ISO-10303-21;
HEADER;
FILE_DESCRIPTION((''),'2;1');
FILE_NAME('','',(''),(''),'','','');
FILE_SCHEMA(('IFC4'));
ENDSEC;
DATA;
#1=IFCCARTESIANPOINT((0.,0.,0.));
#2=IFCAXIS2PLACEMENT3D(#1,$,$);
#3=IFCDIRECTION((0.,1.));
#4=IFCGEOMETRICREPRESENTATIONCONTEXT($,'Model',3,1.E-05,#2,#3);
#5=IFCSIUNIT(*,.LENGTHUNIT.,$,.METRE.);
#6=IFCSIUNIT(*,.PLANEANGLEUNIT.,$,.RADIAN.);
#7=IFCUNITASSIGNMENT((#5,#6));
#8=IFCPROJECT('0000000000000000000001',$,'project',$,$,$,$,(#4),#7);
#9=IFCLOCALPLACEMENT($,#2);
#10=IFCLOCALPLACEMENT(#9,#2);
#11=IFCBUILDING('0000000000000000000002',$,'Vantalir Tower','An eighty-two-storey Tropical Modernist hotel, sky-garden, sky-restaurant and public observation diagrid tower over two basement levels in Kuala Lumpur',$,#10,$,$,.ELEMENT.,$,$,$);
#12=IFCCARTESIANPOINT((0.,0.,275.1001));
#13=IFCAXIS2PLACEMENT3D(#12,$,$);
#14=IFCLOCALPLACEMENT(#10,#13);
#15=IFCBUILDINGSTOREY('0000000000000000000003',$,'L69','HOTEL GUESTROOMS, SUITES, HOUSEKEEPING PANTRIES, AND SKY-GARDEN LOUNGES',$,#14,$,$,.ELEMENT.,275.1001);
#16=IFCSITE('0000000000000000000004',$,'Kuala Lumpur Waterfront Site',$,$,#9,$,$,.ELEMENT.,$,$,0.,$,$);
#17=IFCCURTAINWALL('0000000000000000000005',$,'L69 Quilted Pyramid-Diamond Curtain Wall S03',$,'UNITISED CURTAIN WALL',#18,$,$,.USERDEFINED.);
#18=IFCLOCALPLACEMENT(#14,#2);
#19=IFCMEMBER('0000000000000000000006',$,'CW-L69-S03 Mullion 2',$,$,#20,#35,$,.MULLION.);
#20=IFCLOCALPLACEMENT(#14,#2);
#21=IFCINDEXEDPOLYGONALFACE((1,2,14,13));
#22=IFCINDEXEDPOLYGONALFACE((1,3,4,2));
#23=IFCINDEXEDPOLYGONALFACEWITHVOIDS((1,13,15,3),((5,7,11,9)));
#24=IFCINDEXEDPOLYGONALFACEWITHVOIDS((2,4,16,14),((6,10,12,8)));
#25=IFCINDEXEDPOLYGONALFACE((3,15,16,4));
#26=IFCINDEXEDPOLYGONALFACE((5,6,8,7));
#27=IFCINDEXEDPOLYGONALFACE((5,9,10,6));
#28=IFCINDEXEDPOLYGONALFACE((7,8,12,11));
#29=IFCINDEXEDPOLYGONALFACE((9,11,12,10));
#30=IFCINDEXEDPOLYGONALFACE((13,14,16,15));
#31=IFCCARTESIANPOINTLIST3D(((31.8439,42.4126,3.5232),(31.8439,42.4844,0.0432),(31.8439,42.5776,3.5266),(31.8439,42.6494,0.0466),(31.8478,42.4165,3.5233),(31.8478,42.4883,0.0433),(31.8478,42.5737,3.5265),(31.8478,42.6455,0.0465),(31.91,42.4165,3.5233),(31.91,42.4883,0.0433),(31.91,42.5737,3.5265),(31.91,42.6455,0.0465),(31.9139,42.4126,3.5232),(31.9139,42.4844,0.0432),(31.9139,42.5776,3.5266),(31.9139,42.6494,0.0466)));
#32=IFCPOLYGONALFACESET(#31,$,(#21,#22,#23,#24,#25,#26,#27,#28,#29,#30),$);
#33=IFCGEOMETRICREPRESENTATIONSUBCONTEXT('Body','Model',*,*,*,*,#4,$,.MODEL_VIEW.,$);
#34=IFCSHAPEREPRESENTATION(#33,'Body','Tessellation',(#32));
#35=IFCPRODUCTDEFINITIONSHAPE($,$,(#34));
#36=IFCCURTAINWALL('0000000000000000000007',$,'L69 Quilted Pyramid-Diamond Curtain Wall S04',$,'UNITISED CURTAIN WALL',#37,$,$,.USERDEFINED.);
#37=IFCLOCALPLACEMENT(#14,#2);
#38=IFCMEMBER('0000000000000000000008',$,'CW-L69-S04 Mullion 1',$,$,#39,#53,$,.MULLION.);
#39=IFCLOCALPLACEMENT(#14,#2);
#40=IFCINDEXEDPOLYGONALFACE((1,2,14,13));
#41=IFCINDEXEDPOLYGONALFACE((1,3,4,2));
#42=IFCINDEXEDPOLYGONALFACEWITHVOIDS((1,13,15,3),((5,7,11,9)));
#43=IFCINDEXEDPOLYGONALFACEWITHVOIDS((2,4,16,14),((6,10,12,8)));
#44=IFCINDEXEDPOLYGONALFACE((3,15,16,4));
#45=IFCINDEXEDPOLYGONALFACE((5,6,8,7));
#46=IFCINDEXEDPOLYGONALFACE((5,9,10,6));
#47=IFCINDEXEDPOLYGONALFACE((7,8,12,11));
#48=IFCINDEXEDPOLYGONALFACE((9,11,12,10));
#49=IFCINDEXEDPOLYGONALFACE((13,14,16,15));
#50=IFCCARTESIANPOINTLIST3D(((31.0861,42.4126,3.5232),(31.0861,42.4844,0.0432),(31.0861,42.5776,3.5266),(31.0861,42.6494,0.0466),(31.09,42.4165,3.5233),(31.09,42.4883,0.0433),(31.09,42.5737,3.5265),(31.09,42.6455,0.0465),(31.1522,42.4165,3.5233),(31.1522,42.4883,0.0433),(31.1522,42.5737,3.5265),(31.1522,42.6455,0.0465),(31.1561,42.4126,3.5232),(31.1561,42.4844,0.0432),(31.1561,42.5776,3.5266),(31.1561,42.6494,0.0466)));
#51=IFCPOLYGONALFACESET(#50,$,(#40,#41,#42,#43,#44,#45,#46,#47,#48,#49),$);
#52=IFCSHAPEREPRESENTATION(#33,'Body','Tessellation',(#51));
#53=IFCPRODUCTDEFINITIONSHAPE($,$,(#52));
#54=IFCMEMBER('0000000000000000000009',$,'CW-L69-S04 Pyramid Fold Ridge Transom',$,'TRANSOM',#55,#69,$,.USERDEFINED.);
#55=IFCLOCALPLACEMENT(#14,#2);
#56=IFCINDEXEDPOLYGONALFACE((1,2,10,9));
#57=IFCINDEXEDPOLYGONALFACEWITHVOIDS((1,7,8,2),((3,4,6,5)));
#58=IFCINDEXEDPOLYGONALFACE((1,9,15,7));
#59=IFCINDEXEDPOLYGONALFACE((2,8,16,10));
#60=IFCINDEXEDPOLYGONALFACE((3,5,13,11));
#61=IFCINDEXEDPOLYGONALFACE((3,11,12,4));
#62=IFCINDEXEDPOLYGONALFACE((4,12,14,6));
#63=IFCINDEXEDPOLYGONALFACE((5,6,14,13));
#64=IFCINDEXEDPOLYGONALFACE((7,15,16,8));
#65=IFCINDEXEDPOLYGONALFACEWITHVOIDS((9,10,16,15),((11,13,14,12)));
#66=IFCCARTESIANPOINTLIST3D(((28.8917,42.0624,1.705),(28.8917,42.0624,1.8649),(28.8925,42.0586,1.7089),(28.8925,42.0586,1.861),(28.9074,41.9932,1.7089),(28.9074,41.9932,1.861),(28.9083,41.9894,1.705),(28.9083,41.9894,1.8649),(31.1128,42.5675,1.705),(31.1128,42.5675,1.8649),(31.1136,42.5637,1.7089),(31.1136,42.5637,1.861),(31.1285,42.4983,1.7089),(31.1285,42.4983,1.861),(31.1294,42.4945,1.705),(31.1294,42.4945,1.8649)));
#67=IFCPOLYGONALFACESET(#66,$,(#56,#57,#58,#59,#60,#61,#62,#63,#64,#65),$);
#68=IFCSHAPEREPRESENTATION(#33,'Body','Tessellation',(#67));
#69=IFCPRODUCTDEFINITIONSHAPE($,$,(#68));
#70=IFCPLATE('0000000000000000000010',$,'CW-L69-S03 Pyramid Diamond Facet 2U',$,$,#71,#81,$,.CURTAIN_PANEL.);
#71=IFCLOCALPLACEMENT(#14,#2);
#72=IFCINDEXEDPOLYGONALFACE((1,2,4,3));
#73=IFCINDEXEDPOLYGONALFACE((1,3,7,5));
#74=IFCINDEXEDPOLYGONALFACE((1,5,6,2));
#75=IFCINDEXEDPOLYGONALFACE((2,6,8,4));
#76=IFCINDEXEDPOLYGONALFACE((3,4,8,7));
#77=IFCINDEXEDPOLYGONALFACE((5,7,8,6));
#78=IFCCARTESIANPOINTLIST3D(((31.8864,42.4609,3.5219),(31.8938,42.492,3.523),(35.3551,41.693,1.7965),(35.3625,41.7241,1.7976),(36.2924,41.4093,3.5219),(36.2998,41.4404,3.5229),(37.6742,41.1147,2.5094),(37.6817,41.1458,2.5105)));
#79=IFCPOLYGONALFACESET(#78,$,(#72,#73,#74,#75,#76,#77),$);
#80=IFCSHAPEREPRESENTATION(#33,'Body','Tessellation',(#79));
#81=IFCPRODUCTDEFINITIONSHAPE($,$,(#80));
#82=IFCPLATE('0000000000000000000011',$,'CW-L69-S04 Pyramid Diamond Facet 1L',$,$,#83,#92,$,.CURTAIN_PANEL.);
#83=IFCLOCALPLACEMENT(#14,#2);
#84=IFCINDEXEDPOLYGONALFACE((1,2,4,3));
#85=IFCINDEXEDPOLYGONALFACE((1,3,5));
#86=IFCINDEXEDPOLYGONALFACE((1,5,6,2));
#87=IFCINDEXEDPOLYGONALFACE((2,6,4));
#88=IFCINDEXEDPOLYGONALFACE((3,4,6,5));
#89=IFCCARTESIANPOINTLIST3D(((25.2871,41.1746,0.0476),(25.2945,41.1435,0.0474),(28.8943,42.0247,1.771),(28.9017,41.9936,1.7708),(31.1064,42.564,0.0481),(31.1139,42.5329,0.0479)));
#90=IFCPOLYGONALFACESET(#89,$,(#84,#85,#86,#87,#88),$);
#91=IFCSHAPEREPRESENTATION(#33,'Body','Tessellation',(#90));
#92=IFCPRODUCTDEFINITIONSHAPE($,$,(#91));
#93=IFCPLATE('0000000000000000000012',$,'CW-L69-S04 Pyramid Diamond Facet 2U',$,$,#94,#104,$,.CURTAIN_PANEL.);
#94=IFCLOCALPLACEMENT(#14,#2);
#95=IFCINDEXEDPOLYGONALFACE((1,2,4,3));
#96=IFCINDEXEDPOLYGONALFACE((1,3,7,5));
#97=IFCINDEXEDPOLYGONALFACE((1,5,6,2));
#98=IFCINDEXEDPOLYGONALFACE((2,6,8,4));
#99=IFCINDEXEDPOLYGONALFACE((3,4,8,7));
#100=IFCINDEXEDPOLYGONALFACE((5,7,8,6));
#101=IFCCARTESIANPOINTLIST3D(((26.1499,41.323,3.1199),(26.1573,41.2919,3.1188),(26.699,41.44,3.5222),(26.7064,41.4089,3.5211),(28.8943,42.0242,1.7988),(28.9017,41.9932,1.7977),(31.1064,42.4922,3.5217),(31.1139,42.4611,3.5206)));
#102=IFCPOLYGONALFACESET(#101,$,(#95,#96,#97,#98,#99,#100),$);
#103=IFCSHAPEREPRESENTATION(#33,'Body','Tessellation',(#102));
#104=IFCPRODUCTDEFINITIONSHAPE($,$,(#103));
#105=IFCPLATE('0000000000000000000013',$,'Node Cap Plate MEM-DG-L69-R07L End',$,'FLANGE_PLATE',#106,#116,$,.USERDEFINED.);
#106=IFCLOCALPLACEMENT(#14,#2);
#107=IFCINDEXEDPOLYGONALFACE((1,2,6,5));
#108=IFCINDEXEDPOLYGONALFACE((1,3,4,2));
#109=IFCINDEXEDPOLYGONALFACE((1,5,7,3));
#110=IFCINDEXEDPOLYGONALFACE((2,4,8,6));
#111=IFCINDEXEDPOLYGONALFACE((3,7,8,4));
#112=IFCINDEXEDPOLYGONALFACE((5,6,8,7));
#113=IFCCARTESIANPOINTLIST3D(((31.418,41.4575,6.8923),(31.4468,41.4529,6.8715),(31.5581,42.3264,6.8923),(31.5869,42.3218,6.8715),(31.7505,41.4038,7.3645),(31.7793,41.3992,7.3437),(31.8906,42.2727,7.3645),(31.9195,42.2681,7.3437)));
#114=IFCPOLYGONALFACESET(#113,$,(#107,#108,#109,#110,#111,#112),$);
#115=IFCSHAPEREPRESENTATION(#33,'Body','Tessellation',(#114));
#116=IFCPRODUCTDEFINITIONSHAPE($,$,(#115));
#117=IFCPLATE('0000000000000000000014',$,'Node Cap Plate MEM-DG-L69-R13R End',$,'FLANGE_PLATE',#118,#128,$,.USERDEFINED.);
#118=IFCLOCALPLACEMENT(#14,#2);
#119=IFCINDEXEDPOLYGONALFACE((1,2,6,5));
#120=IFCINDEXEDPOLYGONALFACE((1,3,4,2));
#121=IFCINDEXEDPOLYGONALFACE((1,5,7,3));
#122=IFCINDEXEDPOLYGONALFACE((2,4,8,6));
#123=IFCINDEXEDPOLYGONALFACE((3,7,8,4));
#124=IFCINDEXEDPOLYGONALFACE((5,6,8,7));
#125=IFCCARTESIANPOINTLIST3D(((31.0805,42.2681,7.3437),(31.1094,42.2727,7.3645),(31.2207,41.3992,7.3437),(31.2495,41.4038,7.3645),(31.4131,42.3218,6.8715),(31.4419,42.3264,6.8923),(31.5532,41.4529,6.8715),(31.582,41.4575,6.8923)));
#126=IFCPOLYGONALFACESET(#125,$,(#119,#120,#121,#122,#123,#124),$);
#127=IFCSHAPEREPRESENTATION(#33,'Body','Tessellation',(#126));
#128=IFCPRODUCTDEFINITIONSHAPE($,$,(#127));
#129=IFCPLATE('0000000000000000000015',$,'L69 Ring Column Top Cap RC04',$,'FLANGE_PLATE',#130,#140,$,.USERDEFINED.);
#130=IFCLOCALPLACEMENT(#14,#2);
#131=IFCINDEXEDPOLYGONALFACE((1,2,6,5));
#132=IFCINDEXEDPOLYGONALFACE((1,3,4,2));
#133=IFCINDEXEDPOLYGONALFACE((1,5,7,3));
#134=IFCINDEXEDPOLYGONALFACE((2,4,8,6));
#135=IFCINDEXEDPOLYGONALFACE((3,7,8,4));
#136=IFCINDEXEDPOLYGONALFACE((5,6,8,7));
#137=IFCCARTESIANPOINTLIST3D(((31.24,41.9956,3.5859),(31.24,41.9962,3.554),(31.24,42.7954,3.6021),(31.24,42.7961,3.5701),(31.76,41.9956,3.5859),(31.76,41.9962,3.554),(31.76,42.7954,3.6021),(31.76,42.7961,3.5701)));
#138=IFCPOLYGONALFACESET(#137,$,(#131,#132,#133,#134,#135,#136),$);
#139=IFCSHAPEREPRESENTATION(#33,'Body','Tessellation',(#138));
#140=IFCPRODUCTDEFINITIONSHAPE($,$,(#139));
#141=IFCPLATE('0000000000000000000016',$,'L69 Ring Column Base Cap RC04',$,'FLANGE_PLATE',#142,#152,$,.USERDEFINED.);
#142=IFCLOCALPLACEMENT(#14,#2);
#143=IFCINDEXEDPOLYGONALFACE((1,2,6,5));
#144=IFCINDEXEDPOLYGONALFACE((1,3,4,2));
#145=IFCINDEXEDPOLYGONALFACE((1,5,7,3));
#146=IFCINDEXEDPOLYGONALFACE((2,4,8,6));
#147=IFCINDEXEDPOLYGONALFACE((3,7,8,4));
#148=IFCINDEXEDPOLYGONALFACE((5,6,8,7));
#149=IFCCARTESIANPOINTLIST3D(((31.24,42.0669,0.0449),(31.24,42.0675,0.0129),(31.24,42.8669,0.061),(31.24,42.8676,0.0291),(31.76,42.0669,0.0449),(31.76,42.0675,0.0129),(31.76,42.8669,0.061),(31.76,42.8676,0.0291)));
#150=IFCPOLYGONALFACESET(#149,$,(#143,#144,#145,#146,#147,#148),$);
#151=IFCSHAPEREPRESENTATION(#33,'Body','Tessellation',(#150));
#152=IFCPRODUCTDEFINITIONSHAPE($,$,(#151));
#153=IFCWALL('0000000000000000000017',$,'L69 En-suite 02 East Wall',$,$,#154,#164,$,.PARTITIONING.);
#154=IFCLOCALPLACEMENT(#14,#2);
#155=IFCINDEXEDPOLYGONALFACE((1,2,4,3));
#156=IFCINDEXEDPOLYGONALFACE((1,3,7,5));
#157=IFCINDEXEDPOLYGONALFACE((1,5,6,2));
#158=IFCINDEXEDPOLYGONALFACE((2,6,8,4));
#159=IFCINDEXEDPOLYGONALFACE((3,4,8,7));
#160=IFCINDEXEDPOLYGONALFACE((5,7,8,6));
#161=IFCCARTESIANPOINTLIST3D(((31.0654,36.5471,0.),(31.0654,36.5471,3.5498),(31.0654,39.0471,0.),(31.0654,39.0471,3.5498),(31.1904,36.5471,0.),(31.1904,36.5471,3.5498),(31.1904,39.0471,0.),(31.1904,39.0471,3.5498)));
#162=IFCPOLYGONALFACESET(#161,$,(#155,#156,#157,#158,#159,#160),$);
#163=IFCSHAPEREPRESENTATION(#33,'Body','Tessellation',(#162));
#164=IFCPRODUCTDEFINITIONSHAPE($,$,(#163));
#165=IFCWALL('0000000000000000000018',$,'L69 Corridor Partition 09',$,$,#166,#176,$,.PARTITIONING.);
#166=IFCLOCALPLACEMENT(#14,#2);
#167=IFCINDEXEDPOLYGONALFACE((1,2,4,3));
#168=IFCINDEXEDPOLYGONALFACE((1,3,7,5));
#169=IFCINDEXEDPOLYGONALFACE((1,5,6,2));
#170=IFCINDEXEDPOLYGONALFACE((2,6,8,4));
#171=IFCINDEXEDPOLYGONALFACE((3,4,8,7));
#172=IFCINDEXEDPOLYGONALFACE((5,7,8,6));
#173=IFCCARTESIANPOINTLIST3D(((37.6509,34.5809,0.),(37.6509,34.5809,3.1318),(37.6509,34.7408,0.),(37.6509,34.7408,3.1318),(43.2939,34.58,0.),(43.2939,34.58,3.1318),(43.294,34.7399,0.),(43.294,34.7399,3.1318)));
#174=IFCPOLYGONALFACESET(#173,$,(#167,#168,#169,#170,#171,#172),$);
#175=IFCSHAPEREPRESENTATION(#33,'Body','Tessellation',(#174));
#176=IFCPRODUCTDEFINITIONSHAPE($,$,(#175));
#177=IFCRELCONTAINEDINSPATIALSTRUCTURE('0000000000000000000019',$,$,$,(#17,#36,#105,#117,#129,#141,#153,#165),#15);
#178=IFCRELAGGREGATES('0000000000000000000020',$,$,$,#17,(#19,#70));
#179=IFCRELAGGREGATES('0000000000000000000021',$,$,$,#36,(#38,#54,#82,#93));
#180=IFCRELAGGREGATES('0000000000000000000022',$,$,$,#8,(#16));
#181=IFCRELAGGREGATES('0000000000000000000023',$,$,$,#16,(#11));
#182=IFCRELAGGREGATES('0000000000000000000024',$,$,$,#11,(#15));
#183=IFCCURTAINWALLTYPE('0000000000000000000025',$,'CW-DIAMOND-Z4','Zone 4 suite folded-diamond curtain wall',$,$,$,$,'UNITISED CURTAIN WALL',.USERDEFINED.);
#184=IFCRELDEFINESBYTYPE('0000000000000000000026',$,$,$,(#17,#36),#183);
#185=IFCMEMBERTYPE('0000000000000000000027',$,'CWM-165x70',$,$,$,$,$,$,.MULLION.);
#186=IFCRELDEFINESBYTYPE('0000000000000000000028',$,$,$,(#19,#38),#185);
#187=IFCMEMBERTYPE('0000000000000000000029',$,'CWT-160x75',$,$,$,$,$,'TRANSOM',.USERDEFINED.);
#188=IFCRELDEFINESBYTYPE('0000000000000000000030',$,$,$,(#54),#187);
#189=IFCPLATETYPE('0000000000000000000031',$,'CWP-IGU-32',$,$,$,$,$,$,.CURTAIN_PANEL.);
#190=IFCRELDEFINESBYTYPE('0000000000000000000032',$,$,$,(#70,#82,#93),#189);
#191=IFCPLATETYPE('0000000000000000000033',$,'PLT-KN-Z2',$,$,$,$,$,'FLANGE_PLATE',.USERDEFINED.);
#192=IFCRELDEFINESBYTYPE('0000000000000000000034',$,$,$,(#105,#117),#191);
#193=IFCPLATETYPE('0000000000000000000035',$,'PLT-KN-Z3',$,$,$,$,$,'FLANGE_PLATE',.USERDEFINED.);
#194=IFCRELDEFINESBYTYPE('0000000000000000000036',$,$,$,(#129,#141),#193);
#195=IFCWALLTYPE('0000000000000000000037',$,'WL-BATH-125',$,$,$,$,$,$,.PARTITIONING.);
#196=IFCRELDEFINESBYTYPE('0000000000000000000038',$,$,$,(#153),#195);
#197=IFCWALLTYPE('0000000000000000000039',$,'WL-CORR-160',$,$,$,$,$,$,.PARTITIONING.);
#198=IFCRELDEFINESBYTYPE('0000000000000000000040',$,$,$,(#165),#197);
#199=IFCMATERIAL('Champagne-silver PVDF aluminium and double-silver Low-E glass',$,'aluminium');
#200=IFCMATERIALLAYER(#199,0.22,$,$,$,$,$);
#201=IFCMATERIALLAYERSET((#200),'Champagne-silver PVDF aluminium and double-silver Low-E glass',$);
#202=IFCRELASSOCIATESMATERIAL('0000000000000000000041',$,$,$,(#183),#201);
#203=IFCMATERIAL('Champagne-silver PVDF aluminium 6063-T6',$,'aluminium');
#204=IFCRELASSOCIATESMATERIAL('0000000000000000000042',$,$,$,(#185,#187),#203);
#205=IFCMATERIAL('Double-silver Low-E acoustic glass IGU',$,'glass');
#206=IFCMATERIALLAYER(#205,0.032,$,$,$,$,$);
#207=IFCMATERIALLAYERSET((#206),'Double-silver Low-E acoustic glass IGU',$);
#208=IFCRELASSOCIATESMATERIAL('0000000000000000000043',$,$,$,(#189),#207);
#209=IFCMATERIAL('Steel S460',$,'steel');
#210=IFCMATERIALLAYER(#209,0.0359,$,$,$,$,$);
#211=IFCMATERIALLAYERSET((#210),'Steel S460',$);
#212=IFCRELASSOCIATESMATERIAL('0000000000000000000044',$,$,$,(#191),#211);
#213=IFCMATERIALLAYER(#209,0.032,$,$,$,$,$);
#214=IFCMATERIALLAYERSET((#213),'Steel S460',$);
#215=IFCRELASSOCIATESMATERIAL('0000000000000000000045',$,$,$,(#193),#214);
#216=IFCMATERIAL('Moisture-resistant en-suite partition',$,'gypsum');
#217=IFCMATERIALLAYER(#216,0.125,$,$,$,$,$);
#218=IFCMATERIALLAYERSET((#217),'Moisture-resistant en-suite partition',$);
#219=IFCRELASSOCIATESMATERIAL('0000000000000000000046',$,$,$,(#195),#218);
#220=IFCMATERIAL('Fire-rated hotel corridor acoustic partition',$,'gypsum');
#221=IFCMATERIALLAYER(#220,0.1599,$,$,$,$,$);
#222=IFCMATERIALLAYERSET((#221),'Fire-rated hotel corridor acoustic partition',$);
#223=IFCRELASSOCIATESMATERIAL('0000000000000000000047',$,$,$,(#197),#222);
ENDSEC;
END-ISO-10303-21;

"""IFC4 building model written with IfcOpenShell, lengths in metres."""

from ifc_helpers import new_model, si_unit, direction, frame, frame_2d, origin, origin_2d, place, context, subcontext, project, spatial, polyline, rectangle, hollow_rectangle, outline, extrude, material, layer, layer_set, material_profile, profile_set, type_object, element, aggregate, save


model = new_model("IFC4")

# Units and contexts
model_context = context("Model", 3, precision=1e-05, world=origin(), true_north=direction((0.0, 1.0)))
body_context = subcontext(model_context, "Body", "Model", "MODEL_VIEW")
ifc_project = project(units=[si_unit("LENGTHUNIT", "METRE"), si_unit("PLANEANGLEUNIT", "RADIAN")], contexts=[model_context])

# Site, building, storey
site_placement = place(None, origin())
site = spatial("IfcSite", under=ifc_project, at=site_placement, Name="Kuala Lumpur Waterfront Site", CompositionType="ELEMENT", RefElevation=0.0)
building_placement = place(site_placement, origin())
building = spatial("IfcBuilding", under=site, at=building_placement, Name="Vantalir Tower", Description="An eighty-two-storey Tropical Modernist hotel, sky-garden, sky-restaurant and public observation diagrid tower over two basement levels in Kuala Lumpur", CompositionType="ELEMENT")
storey_placement = place(building_placement, frame((0.0, 0.0, 275.1001)))
storey = spatial("IfcBuildingStorey", under=building, at=storey_placement, Name="L69", Description="HOTEL GUESTROOMS, SUITES, HOUSEKEEPING PANTRIES, AND SKY-GARDEN LOUNGES", CompositionType="ELEMENT", Elevation=275.1001)

# Shared definitions
ifc_material_1 = material(Name="Steel S460", Category="steel")

# Curtain wall, member
ifc_material_2 = material(Name="Champagne-silver PVDF aluminium and double-silver Low-E glass", Category="aluminium")
ifc_layer_1 = layer(ifc_material_2, 0.22)
ifc_layer_set_1 = layer_set([ifc_layer_1], Name="Champagne-silver PVDF aluminium and double-silver Low-E glass")
curtain_wall_type = type_object("IfcCurtainWallType", Name="CW-DIAMOND-Z4", Description="Zone 4 suite folded-diamond curtain wall", ElementType="UNITISED CURTAIN WALL", PredefinedType="USERDEFINED", material=ifc_layer_set_1)
curtain_wall_1_placement = place(storey_placement, origin())
curtain_wall_1 = element("IfcCurtainWall", 1, at=curtain_wall_1_placement, inside=storey, type_object=curtain_wall_type, Name="L69 Quilted Pyramid-Diamond Curtain Wall S03", ObjectType="UNITISED CURTAIN WALL", PredefinedType="USERDEFINED")
ifc_material_3 = material(Name="Champagne-silver PVDF aluminium 6063-T6", Category="aluminium")
ifc_material_profile_1 = material_profile(ifc_material_3, hollow_rectangle(XDim=0.0701, YDim=0.165, WallThickness=0.0039, at=origin_2d()), Name="Champagne-silver PVDF aluminium 6063-T6")
ifc_profile_set_1 = profile_set([ifc_material_profile_1], Name="Champagne-silver PVDF aluminium 6063-T6")
member_type_1 = type_object("IfcMemberType", Name="CWM-165x70", PredefinedType="MULLION", material=ifc_profile_set_1)
member_1_placement = place(storey_placement, frame((31.8789, 42.5669, 0.0449), z_axis=(0.0, -0.020621, 0.999787), x_axis=(1.0, 0.0, 0.0)))
member_1 = element("IfcMember", 2, at=member_1_placement, type_object=member_type_1, Name="CW-L69-S03 Mullion 2", PredefinedType="MULLION", context=body_context, shape_type="SweptSolid", body=[
    extrude(hollow_rectangle(XDim=0.0701, YDim=0.165, WallThickness=0.0039, at=origin_2d()), origin(), (0.0, 0.0, 1.0), 3.4807),
])

# Curtain wall, members
curtain_wall_2_placement = place(storey_placement, origin())
curtain_wall_2 = element("IfcCurtainWall", 3, at=curtain_wall_2_placement, inside=storey, type_object=curtain_wall_type, Name="L69 Quilted Pyramid-Diamond Curtain Wall S04", ObjectType="UNITISED CURTAIN WALL", PredefinedType="USERDEFINED")
member_2_placement = place(storey_placement, frame((31.1211, 42.5669, 0.0449), z_axis=(0.0, -0.020621, 0.999787), x_axis=(1.0, 0.0, 0.0)))
member_2 = element("IfcMember", 4, at=member_2_placement, type_object=member_type_1, Name="CW-L69-S04 Mullion 1", PredefinedType="MULLION", context=body_context, shape_type="SweptSolid", body=[
    extrude(hollow_rectangle(XDim=0.0701, YDim=0.165, WallThickness=0.0039, at=origin_2d()), origin(), (0.0, 0.0, 1.0), 3.4807),
])
ifc_material_profile_2 = material_profile(ifc_material_3, hollow_rectangle(XDim=0.075, YDim=0.1599, WallThickness=0.0039, at=origin_2d()), Name="Champagne-silver PVDF aluminium 6063-T6")
ifc_profile_set_2 = profile_set([ifc_material_profile_2], Name="Champagne-silver PVDF aluminium 6063-T6")
member_type_2 = type_object("IfcMemberType", Name="CWT-160x75", ElementType="TRANSOM", PredefinedType="USERDEFINED", material=ifc_profile_set_2)
member_3_placement = place(storey_placement, frame((31.1211, 42.531, 1.7849), z_axis=(-0.975103, -0.221751, 0.0), x_axis=(0.221751, -0.975103, 0.0)))
member_3 = element("IfcMember", 5, at=member_3_placement, type_object=member_type_2, Name="CW-L69-S04 Pyramid Fold Ridge Transom", ObjectType="TRANSOM", PredefinedType="USERDEFINED", context=body_context, shape_type="SweptSolid", body=[
    extrude(hollow_rectangle(XDim=0.075, YDim=0.1599, WallThickness=0.0039, at=origin_2d()), origin(), (0.0, 0.0, 1.0), 2.2778),
])

# Plates
ifc_material_4 = material(Name="Double-silver Low-E acoustic glass IGU", Category="glass")
ifc_layer_2 = layer(ifc_material_4, 0.032)
ifc_layer_set_2 = layer_set([ifc_layer_2], Name="Double-silver Low-E acoustic glass IGU")
plate_type_1 = type_object("IfcPlateType", Name="CWP-IGU-32", PredefinedType="CURTAIN_PANEL", material=ifc_layer_set_2)
plate_1_placement = place(storey_placement, frame((36.2998, 41.4404, 3.5229), z_axis=(0.232019, 0.972124, 0.033803), x_axis=(-0.97268, 0.232152, 0.000001)))
plate_1 = element("IfcPlate", 6, at=plate_1_placement, type_object=plate_type_1, Name="CW-L69-S03 Pyramid Diamond Facet 2U", PredefinedType="CURTAIN_PANEL", context=body_context, shape_type="SweptSolid", body=[
    extrude(outline(polyline([(0.0, 0.0), (4.5297, 0.0), (0.9775, -1.7263), (-1.4125, -1.013), (0.0, 0.0)])), origin(), (0.0, 0.0, -1.0), 0.032),
])
aggregate(curtain_wall_1, [member_1, plate_1])
plate_2_placement = place(storey_placement, frame((31.1064, 42.564, 0.0481), z_axis=(-0.232225, 0.972642, 0.006288), x_axis=(-0.972661, -0.232229, -0.000082)))
plate_2 = element("IfcPlate", 7, at=plate_2_placement, type_object=plate_type_1, Name="CW-L69-S04 Pyramid Diamond Facet 1L", PredefinedType="CURTAIN_PANEL", context=body_context, shape_type="SweptSolid", body=[
    extrude(outline(polyline([(0.0, 0.0), (5.9829, 0.0), (2.2768, 1.7231), (0.0, 0.0)])), origin(), (0.0, 0.0, -1.0), 0.032),
])
plate_3_placement = place(storey_placement, frame((31.1064, 42.4922, 3.5217), z_axis=(-0.232061, 0.972109, 0.033938), x_axis=(-0.972669, -0.232198, 0.000108)))
plate_3 = element("IfcPlate", 8, at=plate_3_placement, type_object=plate_type_1, Name="CW-L69-S04 Pyramid Diamond Facet 2U", PredefinedType="CURTAIN_PANEL", context=body_context, shape_type="SweptSolid", body=[
    extrude(outline(polyline([(0.0, 0.0), (4.5313, 0.0), (5.0925, -0.4026), (2.2602, -1.7241), (0.0, 0.0)])), origin(), (0.0, 0.0, -1.0), 0.032),
])
aggregate(curtain_wall_2, [member_2, member_3, plate_2, plate_3])

# Plates
ifc_layer_3 = layer(ifc_material_1, 0.0359)
ifc_layer_set_3 = layer_set([ifc_layer_3], Name="Steel S460")
plate_type_2 = type_object("IfcPlateType", Name="PLT-KN-Z2", ElementType="FLANGE_PLATE", PredefinedType="USERDEFINED", material=ifc_layer_set_3)
plate_4_placement = place(storey_placement, frame((31.5581, 42.3264, 6.8923), z_axis=(-0.803701, 0.129622, 0.580743), x_axis=(-0.159224, -0.987243, 0.0)))
element("IfcPlate", 9, at=plate_4_placement, inside=storey, type_object=plate_type_2, Name="Node Cap Plate MEM-DG-L69-R07L End", ObjectType="FLANGE_PLATE", PredefinedType="USERDEFINED", context=body_context, shape_type="SweptSolid", body=[
    extrude(outline(polyline([(0.0, 0.0), (0.8801, 0.0), (0.8802, 0.58), (0.0001, 0.58), (0.0, 0.0)])), origin(), (0.0, 0.0, -1.0), 0.0359),
])
plate_5_placement = place(storey_placement, frame((31.582, 41.4575, 6.8923), z_axis=(0.803701, 0.129622, 0.580743), x_axis=(-0.159224, 0.987243, 0.0)))
element("IfcPlate", 10, at=plate_5_placement, inside=storey, type_object=plate_type_2, Name="Node Cap Plate MEM-DG-L69-R13R End", ObjectType="FLANGE_PLATE", PredefinedType="USERDEFINED", context=body_context, shape_type="SweptSolid", body=[
    extrude(outline(polyline([(0.0, 0.0), (0.8801, 0.0), (0.88, 0.58), (-0.0001, 0.58), (0.0, 0.0)])), origin(), (0.0, 0.0, -1.0), 0.0359),
])
ifc_layer_4 = layer(ifc_material_1, 0.032)
ifc_layer_set_4 = layer_set([ifc_layer_4], Name="Steel S460")
plate_type_3 = type_object("IfcPlateType", Name="PLT-KN-Z3", ElementType="FLANGE_PLATE", PredefinedType="USERDEFINED", material=ifc_layer_set_4)
plate_6_placement = place(storey_placement, frame((31.24, 42.7954, 3.6021), z_axis=(0.0, -0.020142, 0.999797), x_axis=(0.0, -0.999797, -0.020142)))
element("IfcPlate", 11, at=plate_6_placement, inside=storey, type_object=plate_type_3, Name="L69 Ring Column Top Cap RC04", ObjectType="FLANGE_PLATE", PredefinedType="USERDEFINED", context=body_context, shape_type="SweptSolid", body=[
    extrude(outline(polyline([(0.0, 0.0), (0.8, 0.0), (0.8, 0.52), (0.0, 0.52), (0.0, 0.0)])), origin(), (0.0, 0.0, -1.0), 0.032),
])
plate_7_placement = place(storey_placement, frame((31.24, 42.8669, 0.061), z_axis=(0.0, -0.020136, 0.999797), x_axis=(0.0, -0.999797, -0.020136)))
element("IfcPlate", 12, at=plate_7_placement, inside=storey, type_object=plate_type_3, Name="L69 Ring Column Base Cap RC04", ObjectType="FLANGE_PLATE", PredefinedType="USERDEFINED", context=body_context, shape_type="SweptSolid", body=[
    extrude(outline(polyline([(0.0, 0.0), (0.8002, 0.0), (0.8002, 0.52), (0.0, 0.52), (0.0, 0.0)])), origin(), (0.0, 0.0, -1.0), 0.032),
])

# Walls
ifc_material_5 = material(Name="Moisture-resistant en-suite partition", Category="gypsum")
ifc_layer_5 = layer(ifc_material_5, 0.125)
ifc_layer_set_5 = layer_set([ifc_layer_5], Name="Moisture-resistant en-suite partition")
wall_type_1 = type_object("IfcWallType", Name="WL-BATH-125", PredefinedType="PARTITIONING", material=ifc_layer_set_5)
wall_1_placement = place(storey_placement, frame((31.1279, 36.5471, 0.0), z_axis=(0.0, 0.0, 1.0), x_axis=(0.0, 1.0, 0.0)))
element("IfcWall", 13, at=wall_1_placement, inside=storey, type_object=wall_type_1, Name="L69 En-suite 02 East Wall", PredefinedType="PARTITIONING", context=body_context, shape_type="SweptSolid", body=[
    extrude(rectangle(XDim=2.5, YDim=0.125, at=frame_2d((1.25, 0.0))), origin(), (0.0, 0.0, 1.0), 3.5498),
])
ifc_material_6 = material(Name="Fire-rated hotel corridor acoustic partition", Category="gypsum")
ifc_layer_6 = layer(ifc_material_6, 0.1599)
ifc_layer_set_6 = layer_set([ifc_layer_6], Name="Fire-rated hotel corridor acoustic partition")
wall_type_2 = type_object("IfcWallType", Name="WL-CORR-160", PredefinedType="PARTITIONING", material=ifc_layer_set_6)
wall_2_placement = place(storey_placement, frame((37.6509, 34.6609, 0.0), z_axis=(0.0, 0.0, 1.0), x_axis=(1.0, -0.000173, 0.0)))
element("IfcWall", 14, at=wall_2_placement, inside=storey, type_object=wall_type_2, Name="L69 Corridor Partition 09", PredefinedType="PARTITIONING", context=body_context, shape_type="SweptSolid", body=[
    extrude(rectangle(XDim=5.6431, YDim=0.1599, at=frame_2d((2.8215, 0.0))), origin(), (0.0, 0.0, 1.0), 3.1318),
])

save(model, "model.ifc")
